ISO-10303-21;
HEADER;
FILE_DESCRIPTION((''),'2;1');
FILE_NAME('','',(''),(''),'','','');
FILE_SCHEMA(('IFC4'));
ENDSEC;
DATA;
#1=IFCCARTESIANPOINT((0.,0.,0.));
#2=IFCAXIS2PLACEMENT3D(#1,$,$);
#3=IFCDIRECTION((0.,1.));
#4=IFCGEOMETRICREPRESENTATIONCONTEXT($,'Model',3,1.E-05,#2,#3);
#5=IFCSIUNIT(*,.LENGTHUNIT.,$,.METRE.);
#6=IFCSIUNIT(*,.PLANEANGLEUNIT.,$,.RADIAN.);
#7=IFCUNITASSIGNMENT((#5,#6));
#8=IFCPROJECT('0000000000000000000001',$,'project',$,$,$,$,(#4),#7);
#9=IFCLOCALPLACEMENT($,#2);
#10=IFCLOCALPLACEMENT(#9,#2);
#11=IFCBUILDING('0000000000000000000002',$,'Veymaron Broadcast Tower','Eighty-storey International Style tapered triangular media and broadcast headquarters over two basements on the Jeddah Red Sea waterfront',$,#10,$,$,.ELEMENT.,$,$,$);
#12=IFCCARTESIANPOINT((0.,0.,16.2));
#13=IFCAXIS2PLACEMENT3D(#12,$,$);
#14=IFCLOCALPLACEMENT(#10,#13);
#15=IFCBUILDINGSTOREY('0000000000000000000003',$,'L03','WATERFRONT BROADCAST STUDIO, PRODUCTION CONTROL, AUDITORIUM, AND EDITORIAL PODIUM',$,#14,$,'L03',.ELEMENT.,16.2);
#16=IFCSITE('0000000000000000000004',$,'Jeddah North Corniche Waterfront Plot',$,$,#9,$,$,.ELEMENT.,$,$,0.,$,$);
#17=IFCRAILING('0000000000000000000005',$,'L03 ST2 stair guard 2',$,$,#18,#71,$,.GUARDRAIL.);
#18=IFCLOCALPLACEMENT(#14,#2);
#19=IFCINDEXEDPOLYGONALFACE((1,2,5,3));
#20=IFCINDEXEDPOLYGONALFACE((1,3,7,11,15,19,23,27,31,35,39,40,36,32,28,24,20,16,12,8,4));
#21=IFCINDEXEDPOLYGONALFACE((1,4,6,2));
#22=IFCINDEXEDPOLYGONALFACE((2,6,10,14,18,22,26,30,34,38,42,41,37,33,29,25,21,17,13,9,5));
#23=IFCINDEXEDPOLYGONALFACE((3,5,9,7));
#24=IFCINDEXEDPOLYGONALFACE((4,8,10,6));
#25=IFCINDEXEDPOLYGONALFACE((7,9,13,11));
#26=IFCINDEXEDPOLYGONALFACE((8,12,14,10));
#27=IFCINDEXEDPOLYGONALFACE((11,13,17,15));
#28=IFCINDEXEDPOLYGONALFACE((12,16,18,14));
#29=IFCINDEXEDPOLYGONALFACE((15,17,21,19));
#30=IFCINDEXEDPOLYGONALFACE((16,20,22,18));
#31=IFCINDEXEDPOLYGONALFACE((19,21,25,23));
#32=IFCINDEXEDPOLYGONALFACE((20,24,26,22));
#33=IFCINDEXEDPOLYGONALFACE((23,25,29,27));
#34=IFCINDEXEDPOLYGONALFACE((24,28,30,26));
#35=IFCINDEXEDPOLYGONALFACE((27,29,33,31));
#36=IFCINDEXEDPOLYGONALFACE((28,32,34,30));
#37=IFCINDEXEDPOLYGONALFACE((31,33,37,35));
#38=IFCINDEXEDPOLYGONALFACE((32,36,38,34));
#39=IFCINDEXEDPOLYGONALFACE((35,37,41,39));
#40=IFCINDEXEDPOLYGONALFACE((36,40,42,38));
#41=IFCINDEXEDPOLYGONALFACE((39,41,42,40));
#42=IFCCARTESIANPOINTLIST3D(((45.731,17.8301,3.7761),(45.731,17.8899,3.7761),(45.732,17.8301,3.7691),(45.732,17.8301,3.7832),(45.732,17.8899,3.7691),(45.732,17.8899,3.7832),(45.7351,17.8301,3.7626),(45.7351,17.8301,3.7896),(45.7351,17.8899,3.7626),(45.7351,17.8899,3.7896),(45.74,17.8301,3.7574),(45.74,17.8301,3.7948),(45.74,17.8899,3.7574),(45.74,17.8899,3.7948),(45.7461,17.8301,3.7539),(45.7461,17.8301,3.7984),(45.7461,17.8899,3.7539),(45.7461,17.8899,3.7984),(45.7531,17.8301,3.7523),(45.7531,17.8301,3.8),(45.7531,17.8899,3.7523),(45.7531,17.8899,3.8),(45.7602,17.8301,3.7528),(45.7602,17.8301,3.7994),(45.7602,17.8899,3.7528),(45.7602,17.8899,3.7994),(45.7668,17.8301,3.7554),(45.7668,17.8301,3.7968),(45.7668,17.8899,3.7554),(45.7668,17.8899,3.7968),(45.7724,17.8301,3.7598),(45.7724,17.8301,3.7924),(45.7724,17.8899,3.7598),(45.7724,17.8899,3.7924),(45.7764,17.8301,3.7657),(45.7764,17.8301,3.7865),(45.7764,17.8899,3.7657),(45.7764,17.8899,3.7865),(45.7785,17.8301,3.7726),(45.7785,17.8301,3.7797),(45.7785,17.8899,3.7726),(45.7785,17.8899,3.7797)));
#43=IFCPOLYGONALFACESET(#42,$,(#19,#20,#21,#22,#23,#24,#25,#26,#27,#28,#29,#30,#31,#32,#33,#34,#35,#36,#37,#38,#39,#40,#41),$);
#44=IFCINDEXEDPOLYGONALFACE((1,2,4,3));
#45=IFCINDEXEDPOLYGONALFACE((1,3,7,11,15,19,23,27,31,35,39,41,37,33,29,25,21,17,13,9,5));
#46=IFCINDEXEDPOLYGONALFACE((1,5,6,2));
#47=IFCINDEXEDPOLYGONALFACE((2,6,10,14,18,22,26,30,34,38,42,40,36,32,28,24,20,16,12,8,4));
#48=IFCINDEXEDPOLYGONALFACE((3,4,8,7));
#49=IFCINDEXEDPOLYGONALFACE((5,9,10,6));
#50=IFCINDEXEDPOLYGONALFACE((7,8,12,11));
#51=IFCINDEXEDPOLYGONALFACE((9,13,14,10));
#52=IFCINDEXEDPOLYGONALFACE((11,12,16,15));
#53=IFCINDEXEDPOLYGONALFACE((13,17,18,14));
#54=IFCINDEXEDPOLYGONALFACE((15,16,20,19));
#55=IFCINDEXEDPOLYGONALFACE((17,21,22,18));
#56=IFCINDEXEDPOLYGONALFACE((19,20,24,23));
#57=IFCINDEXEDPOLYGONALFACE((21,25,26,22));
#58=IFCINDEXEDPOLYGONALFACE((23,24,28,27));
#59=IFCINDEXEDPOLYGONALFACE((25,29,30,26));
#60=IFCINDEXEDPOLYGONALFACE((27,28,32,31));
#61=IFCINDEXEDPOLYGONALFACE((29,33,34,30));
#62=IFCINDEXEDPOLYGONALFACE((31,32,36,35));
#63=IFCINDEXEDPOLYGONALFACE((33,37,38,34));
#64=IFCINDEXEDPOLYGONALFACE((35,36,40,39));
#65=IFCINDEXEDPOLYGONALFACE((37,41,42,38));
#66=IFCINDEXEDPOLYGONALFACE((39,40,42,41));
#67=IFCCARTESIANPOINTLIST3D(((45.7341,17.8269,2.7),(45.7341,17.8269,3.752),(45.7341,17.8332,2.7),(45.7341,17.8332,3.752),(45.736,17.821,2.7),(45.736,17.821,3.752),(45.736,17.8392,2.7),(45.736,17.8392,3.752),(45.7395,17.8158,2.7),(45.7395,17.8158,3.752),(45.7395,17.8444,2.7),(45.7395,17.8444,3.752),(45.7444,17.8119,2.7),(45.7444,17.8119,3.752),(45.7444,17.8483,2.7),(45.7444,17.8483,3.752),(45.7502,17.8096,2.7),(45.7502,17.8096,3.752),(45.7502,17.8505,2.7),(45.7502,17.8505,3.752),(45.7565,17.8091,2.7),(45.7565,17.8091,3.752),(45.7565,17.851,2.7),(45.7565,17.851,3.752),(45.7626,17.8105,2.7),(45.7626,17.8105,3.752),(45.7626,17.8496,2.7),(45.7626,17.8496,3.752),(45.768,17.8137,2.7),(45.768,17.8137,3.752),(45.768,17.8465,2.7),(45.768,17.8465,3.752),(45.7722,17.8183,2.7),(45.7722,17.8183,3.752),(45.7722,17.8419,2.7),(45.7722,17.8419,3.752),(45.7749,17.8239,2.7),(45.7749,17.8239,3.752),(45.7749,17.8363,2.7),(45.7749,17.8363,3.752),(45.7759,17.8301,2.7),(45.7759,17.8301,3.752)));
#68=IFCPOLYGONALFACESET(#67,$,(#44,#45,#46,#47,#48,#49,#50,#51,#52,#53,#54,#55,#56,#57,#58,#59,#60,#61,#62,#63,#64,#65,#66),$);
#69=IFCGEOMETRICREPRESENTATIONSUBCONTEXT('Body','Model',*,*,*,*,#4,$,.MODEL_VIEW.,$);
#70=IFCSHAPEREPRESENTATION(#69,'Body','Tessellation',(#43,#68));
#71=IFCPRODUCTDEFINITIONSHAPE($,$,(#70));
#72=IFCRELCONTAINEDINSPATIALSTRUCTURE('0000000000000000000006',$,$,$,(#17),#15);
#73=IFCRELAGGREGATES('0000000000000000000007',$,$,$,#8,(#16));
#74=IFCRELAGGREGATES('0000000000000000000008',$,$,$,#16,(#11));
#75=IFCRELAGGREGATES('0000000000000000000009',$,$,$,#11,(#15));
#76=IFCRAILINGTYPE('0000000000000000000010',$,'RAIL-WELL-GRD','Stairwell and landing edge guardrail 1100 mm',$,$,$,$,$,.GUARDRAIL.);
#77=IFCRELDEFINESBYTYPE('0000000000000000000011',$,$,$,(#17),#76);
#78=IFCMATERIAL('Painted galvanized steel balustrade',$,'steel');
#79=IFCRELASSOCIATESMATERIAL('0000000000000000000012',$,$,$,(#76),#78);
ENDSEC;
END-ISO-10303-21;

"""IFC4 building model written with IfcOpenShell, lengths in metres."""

from ifc_helpers import new_model, si_unit, direction, frame, origin, origin_2d, place, context, subcontext, project, spatial, circle, extrude, material, type_object, element, save


model = new_model("IFC4")

# Units and contexts
model_context = context("Model", 3, precision=1e-05, world=origin(), true_north=direction((0.0, 1.0)))
body_context = subcontext(model_context, "Body", "Model", "MODEL_VIEW")
ifc_project = project(units=[si_unit("LENGTHUNIT", "METRE"), si_unit("PLANEANGLEUNIT", "RADIAN")], contexts=[model_context])

# Site, building, storey
site_placement = place(None, origin())
site = spatial("IfcSite", under=ifc_project, at=site_placement, Name="Jeddah North Corniche Waterfront Plot", CompositionType="ELEMENT", RefElevation=0.0)
building_placement = place(site_placement, origin())
building = spatial("IfcBuilding", under=site, at=building_placement, Name="Veymaron Broadcast Tower", Description="Eighty-storey International Style tapered triangular media and broadcast headquarters over two basements on the Jeddah Red Sea waterfront", CompositionType="ELEMENT")
storey_placement = place(building_placement, frame((0.0, 0.0, 16.2)))
storey = spatial("IfcBuildingStorey", under=building, at=storey_placement, Name="L03", Description="WATERFRONT BROADCAST STUDIO, PRODUCTION CONTROL, AUDITORIUM, AND EDITORIAL PODIUM", LongName="L03", CompositionType="ELEMENT", Elevation=16.2)

# Railing
ifc_material_1 = material(Name="Painted galvanized steel balustrade", Category="steel")
railing_type_1 = type_object("IfcRailingType", Name="RAIL-WELL-GRD", Description="Stairwell and landing edge guardrail 1100 mm", PredefinedType="GUARDRAIL", material=ifc_material_1)
railing_1_placement = place(storey_placement, frame((45.7549, 17.8301, 2.7)))
element("IfcRailing", 1, at=railing_1_placement, inside=storey, type_object=railing_type_1, Name="L03 ST2 stair guard 2", PredefinedType="GUARDRAIL", context=body_context, shape_type="SweptSolid", body=[
    extrude(circle(Radius=0.0239, at=origin_2d()), frame((0.0, 0.0, 1.0762), z_axis=(0.0, 1.0, 0.0), x_axis=(-1.0, 0.0, 0.0)), (0.0, 0.0, 1.0), 0.0598),
    extrude(circle(Radius=0.021, at=origin_2d()), origin(), (0.0, 0.0, 1.0), 1.052),
])

save(model, "model.ifc")
